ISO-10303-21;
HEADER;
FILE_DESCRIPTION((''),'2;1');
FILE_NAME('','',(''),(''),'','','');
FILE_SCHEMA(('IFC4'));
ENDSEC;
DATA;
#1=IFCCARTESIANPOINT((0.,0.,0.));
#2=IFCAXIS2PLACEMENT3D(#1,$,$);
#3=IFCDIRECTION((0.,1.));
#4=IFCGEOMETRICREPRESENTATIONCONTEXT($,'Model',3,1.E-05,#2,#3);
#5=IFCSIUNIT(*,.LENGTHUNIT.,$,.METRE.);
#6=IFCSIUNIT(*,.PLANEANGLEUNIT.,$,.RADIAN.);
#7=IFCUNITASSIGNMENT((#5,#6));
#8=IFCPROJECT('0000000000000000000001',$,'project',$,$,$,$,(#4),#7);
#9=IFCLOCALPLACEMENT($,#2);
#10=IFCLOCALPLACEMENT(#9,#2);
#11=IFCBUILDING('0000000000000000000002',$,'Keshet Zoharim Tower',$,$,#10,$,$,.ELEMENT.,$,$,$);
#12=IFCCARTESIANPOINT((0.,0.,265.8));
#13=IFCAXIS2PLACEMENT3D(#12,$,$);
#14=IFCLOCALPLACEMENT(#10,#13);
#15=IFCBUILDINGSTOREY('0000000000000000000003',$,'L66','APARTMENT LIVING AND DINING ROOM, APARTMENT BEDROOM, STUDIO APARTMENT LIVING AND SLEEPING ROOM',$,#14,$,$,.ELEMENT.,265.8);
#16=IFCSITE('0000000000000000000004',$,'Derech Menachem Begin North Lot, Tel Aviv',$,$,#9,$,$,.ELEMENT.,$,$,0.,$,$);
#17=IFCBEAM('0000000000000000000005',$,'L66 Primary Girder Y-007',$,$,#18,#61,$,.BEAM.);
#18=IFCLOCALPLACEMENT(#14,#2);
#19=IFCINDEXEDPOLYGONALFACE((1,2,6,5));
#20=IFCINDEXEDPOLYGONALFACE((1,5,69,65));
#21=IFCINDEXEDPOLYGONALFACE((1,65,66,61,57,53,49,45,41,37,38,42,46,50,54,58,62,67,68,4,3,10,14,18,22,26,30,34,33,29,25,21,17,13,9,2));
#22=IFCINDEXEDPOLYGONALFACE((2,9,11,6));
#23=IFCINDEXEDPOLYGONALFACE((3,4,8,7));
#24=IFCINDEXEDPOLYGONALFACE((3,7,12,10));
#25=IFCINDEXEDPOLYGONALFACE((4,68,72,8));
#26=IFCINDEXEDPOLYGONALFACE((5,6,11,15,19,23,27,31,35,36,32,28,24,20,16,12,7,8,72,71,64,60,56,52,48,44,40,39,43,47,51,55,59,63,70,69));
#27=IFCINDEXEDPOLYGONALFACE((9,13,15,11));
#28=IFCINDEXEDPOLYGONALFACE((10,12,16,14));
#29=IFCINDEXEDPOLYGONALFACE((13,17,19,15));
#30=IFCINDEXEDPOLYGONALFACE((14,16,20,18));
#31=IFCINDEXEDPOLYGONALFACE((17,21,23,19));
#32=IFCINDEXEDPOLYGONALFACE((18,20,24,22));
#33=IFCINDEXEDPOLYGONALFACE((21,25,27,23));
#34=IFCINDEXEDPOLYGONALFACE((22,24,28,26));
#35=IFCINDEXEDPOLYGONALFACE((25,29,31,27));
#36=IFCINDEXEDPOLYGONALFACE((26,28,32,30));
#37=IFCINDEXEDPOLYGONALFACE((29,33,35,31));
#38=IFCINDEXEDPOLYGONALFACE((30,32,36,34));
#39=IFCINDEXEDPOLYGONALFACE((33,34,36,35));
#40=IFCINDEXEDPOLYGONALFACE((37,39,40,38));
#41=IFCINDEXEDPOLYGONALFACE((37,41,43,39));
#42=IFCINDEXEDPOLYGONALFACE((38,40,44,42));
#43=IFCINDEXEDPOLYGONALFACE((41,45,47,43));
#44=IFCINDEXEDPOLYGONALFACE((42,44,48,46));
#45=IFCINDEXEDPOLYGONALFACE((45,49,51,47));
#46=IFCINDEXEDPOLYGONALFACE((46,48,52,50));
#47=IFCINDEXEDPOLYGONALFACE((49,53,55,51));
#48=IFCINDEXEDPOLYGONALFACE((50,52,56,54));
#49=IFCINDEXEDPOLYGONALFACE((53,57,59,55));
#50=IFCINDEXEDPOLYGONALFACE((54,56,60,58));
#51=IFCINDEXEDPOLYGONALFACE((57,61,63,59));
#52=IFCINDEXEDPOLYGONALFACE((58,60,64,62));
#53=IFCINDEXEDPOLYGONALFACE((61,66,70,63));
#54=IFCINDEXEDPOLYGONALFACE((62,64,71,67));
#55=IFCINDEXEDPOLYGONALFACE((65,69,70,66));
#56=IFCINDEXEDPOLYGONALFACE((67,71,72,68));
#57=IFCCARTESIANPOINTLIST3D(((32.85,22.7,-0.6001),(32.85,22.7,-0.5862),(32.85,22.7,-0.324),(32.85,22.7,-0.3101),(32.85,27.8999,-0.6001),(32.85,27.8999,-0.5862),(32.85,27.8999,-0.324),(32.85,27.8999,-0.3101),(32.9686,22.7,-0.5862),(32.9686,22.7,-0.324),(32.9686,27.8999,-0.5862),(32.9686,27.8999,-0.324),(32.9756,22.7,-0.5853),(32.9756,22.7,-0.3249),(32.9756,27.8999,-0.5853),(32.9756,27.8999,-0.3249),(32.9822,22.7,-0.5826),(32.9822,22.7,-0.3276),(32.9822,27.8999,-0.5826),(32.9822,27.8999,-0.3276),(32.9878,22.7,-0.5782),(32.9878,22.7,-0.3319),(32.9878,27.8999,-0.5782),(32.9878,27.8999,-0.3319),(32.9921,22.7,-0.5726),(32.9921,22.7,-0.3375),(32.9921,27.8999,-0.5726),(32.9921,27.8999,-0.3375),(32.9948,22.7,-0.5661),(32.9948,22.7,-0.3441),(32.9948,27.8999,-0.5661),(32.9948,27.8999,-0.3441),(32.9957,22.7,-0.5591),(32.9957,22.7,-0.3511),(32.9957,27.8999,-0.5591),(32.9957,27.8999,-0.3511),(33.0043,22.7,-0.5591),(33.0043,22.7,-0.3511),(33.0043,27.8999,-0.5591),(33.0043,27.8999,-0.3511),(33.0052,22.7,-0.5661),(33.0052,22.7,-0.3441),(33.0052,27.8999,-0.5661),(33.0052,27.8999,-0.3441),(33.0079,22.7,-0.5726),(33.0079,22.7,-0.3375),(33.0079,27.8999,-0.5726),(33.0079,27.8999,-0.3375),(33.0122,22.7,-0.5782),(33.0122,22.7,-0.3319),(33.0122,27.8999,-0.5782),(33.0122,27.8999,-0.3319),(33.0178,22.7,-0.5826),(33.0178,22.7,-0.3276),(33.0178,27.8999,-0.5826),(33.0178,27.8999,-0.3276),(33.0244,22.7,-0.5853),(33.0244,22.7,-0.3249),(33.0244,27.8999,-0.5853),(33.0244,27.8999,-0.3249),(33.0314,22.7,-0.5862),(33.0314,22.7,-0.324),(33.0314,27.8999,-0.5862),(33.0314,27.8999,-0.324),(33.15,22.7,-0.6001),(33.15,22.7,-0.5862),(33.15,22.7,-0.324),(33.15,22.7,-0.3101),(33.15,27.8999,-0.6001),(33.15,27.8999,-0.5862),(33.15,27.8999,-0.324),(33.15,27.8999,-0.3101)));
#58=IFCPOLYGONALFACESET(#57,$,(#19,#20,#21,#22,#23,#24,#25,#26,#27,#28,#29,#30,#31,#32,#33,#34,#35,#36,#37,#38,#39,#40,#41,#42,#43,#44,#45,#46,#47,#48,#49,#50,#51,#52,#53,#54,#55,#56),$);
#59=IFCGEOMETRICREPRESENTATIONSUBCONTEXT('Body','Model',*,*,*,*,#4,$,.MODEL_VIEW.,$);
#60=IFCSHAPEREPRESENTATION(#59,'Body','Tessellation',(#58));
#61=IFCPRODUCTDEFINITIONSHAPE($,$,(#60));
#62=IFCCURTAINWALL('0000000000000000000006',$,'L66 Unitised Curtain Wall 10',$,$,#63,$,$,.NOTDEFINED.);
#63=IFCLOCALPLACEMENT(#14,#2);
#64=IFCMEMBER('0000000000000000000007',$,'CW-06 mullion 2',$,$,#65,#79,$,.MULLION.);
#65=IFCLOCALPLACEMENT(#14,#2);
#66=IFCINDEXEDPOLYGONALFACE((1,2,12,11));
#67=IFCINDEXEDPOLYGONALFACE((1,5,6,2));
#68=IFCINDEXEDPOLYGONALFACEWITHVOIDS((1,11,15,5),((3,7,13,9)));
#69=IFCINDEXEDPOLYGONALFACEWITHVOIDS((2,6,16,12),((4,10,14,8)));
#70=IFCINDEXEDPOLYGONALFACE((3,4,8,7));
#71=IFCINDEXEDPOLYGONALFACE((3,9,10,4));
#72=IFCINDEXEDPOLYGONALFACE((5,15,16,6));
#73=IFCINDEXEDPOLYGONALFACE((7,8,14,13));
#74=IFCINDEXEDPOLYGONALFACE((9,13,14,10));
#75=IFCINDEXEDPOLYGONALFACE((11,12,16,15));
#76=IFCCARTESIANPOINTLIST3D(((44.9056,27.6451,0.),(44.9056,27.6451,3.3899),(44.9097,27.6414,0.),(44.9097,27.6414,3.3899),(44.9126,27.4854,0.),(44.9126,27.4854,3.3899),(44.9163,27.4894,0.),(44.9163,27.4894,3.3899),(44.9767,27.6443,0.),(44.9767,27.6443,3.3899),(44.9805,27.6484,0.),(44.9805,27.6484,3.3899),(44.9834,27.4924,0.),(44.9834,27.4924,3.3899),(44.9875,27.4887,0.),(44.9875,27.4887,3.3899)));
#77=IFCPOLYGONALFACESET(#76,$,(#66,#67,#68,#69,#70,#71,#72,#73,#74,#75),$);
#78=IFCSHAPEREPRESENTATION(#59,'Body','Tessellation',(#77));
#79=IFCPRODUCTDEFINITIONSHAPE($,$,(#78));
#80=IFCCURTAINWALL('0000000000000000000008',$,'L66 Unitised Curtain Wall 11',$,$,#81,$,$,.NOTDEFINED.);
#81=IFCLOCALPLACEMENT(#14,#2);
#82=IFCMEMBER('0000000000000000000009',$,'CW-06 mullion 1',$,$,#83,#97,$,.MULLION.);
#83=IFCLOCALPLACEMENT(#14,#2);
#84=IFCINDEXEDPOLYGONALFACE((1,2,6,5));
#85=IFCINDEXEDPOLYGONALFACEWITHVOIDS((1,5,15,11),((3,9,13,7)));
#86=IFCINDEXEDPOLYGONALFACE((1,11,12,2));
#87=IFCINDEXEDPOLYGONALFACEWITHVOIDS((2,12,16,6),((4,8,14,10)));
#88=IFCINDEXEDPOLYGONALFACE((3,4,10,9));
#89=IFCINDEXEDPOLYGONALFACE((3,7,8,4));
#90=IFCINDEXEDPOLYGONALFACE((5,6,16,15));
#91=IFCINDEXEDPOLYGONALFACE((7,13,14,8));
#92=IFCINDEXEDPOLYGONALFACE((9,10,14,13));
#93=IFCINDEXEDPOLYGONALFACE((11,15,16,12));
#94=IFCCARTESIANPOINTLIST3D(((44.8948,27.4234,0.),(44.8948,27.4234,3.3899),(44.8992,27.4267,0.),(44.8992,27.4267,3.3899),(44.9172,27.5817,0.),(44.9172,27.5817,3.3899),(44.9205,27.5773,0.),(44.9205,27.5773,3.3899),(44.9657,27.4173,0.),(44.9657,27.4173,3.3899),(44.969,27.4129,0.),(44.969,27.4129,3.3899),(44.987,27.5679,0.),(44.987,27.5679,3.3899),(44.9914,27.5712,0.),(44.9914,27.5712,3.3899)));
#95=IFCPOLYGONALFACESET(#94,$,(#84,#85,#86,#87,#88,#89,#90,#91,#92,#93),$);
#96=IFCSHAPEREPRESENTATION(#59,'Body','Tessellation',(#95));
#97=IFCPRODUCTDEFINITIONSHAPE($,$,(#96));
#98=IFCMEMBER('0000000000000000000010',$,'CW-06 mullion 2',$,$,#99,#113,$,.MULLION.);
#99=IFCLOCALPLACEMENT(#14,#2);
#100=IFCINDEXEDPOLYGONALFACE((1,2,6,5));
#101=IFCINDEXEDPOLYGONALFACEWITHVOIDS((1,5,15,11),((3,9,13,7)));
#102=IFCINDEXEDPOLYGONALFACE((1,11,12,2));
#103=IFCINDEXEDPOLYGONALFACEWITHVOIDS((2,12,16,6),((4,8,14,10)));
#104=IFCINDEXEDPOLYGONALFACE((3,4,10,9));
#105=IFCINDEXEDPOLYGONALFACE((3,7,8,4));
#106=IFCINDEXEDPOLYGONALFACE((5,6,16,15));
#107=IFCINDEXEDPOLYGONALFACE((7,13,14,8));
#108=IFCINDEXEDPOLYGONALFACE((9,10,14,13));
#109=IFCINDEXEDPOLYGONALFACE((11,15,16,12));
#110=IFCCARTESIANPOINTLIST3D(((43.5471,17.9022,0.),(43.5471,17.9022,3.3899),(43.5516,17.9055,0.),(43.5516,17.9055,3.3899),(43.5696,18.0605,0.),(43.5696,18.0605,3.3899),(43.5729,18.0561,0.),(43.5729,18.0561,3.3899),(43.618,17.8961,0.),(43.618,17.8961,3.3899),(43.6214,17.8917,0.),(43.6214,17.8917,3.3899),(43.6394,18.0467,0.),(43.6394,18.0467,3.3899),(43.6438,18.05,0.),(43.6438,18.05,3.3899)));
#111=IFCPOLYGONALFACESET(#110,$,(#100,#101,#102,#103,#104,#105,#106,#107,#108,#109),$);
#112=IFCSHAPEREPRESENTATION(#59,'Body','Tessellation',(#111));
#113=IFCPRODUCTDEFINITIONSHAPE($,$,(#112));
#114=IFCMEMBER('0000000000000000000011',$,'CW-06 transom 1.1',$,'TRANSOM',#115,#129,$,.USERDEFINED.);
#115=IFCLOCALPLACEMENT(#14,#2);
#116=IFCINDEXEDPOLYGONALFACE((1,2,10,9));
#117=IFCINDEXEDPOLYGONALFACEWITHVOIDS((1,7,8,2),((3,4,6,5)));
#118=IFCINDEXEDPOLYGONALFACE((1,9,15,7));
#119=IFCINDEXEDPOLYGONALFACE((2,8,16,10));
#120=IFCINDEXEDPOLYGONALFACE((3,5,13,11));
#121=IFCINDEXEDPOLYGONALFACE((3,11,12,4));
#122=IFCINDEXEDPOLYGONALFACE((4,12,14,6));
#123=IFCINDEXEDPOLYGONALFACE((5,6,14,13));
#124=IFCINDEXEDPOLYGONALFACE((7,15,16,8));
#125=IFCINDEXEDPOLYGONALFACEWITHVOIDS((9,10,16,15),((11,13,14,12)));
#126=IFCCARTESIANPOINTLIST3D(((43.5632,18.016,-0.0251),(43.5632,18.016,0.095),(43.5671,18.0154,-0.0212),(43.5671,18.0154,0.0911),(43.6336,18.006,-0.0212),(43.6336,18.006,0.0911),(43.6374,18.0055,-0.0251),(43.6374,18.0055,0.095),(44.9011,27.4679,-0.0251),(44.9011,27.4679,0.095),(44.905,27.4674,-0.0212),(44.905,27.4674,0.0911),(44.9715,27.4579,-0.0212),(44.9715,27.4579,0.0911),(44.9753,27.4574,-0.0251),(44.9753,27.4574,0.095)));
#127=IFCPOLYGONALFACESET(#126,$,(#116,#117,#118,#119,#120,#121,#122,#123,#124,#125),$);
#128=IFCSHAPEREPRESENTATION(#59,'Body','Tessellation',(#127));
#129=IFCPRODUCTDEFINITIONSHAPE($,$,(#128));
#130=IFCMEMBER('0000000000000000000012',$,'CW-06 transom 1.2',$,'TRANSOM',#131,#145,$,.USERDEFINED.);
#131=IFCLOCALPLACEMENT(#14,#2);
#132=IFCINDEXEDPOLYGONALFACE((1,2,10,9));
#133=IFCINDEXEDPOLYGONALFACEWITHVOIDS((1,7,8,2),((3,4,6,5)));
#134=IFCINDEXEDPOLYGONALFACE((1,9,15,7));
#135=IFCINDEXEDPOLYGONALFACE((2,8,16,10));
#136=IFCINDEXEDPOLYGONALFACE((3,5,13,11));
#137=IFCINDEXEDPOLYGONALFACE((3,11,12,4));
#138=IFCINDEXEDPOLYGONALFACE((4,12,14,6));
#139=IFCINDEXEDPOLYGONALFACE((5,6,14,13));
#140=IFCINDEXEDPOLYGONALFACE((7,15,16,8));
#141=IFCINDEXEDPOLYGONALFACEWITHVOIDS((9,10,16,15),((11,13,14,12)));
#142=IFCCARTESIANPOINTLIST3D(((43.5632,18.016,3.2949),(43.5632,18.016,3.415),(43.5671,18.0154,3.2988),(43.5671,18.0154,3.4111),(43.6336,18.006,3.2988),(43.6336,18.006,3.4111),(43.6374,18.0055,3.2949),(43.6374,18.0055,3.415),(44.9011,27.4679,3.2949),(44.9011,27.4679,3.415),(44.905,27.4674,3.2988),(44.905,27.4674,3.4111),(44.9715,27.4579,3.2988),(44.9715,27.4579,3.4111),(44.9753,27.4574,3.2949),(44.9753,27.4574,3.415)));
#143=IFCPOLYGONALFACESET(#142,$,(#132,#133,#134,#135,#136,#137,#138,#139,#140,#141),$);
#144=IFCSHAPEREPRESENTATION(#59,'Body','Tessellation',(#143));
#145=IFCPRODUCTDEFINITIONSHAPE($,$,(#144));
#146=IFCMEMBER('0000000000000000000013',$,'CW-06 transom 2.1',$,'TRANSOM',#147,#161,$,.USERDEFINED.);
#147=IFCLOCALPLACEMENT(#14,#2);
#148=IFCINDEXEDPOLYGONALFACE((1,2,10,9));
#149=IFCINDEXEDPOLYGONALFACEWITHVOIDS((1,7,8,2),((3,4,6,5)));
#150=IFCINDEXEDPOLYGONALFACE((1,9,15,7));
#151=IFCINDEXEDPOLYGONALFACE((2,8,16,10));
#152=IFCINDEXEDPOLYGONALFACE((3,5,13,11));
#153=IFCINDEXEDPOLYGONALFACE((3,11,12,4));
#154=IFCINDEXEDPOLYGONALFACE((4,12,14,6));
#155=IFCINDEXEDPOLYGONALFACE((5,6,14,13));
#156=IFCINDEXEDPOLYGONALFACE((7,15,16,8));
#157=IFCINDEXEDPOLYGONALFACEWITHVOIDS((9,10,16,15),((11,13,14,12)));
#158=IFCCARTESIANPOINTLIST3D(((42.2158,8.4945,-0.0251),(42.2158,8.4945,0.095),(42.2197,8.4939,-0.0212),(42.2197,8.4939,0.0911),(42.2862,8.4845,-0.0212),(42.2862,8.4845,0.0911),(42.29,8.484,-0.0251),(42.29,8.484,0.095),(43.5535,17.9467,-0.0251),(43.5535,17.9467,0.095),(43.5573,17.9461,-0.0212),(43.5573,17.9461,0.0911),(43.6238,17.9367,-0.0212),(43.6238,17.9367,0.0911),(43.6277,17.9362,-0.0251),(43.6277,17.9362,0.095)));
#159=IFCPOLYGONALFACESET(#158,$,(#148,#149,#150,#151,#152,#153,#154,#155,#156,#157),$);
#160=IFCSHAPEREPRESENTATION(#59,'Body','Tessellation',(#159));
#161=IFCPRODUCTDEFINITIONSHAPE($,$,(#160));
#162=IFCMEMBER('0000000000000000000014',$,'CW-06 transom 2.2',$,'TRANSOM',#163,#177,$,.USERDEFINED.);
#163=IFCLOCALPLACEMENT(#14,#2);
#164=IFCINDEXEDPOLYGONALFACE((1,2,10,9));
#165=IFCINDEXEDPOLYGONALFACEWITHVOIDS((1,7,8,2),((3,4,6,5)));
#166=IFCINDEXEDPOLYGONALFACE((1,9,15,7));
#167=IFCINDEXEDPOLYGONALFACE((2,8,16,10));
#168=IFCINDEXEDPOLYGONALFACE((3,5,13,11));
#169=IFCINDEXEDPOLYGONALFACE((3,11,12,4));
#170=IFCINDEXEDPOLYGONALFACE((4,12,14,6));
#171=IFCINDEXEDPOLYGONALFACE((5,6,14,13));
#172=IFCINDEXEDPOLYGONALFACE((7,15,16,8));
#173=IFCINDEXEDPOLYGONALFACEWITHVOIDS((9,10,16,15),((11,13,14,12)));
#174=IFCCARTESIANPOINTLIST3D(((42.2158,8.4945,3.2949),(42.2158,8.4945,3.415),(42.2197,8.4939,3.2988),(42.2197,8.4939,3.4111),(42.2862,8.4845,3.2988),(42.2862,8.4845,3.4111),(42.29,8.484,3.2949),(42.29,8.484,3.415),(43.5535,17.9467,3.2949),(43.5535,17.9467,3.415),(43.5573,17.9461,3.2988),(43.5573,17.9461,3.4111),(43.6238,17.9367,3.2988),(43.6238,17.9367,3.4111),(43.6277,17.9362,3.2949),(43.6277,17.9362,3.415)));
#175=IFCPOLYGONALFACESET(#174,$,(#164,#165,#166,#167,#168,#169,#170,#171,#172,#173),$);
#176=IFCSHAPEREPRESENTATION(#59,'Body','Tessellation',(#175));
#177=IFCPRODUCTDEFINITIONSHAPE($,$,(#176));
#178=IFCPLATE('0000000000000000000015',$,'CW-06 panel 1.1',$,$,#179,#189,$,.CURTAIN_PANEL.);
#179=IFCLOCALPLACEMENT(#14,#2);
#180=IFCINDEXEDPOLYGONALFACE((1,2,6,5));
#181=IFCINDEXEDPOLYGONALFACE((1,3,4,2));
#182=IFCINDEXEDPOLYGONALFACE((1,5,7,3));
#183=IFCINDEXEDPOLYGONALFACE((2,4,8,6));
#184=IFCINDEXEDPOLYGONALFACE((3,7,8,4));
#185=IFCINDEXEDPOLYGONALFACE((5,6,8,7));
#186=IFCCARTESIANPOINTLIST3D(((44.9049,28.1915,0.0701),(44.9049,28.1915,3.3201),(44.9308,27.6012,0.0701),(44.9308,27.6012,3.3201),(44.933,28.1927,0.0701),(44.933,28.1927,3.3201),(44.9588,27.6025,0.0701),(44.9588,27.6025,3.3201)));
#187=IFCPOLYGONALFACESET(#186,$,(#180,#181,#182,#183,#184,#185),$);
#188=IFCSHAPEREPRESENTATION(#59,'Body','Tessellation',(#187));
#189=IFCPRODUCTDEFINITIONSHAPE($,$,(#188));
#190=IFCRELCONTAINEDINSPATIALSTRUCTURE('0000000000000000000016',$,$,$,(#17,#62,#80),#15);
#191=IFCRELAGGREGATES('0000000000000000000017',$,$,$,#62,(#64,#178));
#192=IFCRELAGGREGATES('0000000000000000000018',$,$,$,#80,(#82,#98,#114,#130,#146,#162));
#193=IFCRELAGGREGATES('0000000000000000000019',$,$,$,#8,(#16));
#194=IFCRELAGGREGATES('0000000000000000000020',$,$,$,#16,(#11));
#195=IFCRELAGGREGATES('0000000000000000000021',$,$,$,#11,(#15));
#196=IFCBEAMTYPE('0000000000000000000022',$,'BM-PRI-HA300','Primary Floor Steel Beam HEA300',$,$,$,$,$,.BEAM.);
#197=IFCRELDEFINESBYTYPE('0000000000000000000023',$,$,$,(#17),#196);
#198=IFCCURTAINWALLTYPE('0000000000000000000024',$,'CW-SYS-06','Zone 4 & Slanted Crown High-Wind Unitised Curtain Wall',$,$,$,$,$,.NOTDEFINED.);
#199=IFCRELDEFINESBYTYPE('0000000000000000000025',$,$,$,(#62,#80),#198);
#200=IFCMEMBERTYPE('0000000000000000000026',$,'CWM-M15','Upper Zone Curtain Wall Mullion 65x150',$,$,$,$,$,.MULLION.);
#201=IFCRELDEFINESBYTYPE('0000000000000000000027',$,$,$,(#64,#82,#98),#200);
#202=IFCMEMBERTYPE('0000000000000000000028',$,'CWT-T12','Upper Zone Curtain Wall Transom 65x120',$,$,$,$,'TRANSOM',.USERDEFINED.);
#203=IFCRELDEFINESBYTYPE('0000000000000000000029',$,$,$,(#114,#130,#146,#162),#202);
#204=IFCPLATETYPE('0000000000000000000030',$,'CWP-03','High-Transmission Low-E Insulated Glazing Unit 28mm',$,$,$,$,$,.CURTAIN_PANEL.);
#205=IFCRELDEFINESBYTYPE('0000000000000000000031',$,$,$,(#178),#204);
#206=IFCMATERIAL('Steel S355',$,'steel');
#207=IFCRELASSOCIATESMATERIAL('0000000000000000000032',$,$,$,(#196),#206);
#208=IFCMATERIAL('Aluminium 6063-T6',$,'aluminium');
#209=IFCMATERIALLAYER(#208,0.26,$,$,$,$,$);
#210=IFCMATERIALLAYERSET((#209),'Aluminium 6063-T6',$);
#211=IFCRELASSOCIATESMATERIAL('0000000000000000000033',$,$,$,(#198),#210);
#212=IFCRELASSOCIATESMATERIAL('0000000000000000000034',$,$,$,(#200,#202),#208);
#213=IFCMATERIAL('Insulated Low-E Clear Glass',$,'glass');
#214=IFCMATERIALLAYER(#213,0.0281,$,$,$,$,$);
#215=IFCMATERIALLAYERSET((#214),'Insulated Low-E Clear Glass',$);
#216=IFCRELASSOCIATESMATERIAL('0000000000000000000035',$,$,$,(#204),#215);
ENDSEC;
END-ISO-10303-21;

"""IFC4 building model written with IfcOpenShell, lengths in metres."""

from ifc_helpers import new_model, si_unit, direction, frame, origin, origin_2d, place, context, subcontext, project, spatial, rectangle, hollow_rectangle, i_section, extrude, material, layer, layer_set, material_profile, profile_set, type_object, element, aggregate, save


model = new_model("IFC4")

# Units and contexts
model_context = context("Model", 3, precision=1e-05, world=origin(), true_north=direction((0.0, 1.0)))
body_context = subcontext(model_context, "Body", "Model", "MODEL_VIEW")
ifc_project = project(units=[si_unit("LENGTHUNIT", "METRE"), si_unit("PLANEANGLEUNIT", "RADIAN")], contexts=[model_context])

# Site, building, storey
site_placement = place(None, origin())
site = spatial("IfcSite", under=ifc_project, at=site_placement, Name="Derech Menachem Begin North Lot, Tel Aviv", CompositionType="ELEMENT", RefElevation=0.0)
building_placement = place(site_placement, origin())
building = spatial("IfcBuilding", under=site, at=building_placement, Name="Keshet Zoharim Tower", CompositionType="ELEMENT")
storey_placement = place(building_placement, frame((0.0, 0.0, 265.8)))
storey = spatial("IfcBuildingStorey", under=building, at=storey_placement, Name="L66", Description="APARTMENT LIVING AND DINING ROOM, APARTMENT BEDROOM, STUDIO APARTMENT LIVING AND SLEEPING ROOM", CompositionType="ELEMENT", Elevation=265.8)

# Shared definitions
ifc_material_1 = material(Name="Steel S355", Category="steel")

# Beam
ifc_material_profile_1 = material_profile(ifc_material_1, i_section(OverallWidth=0.3, OverallDepth=0.29, WebThickness=0.0085, FlangeThickness=0.0139, FilletRadius=0.0271, at=origin_2d()), Name="HEA300")
ifc_profile_set_1 = profile_set([ifc_material_profile_1], Name="Steel S355")
beam_type_1 = type_object("IfcBeamType", Name="BM-PRI-HA300", Description="Primary Floor Steel Beam HEA300", PredefinedType="BEAM", material=ifc_profile_set_1)
beam_1_placement = place(storey_placement, frame((33.0, 22.7, -0.4551), z_axis=(0.0, 1.0, 0.0), x_axis=(-1.0, 0.0, 0.0)))
element("IfcBeam", 1, at=beam_1_placement, inside=storey, type_object=beam_type_1, Name="L66 Primary Girder Y-007", PredefinedType="BEAM", context=body_context, shape_type="SweptSolid", body=[
    extrude(i_section(OverallWidth=0.3, OverallDepth=0.29, WebThickness=0.0085, FlangeThickness=0.0139, FilletRadius=0.0271, at=origin_2d()), origin(), (0.0, 0.0, 1.0), 5.2),
])

# Curtain wall, member
ifc_material_2 = material(Name="Aluminium 6063-T6", Category="aluminium")
ifc_layer_1 = layer(ifc_material_2, 0.26)
ifc_layer_set_1 = layer_set([ifc_layer_1], Name="Aluminium 6063-T6")
curtain_wall_type = type_object("IfcCurtainWallType", Name="CW-SYS-06", Description="Zone 4 & Slanted Crown High-Wind Unitised Curtain Wall", PredefinedType="NOTDEFINED", material=ifc_layer_set_1)
curtain_wall_1_placement = place(storey_placement, origin())
curtain_wall_1 = element("IfcCurtainWall", 2, at=curtain_wall_1_placement, inside=storey, type_object=curtain_wall_type, Name="L66 Unitised Curtain Wall 10", PredefinedType="NOTDEFINED")
ifc_material_profile_2 = material_profile(ifc_material_2, hollow_rectangle(XDim=0.075, YDim=0.1599, WallThickness=0.0039, at=origin_2d()), Name="MUL-75x160")
ifc_profile_set_2 = profile_set([ifc_material_profile_2], Name="Aluminium 6063-T6")
member_type_1 = type_object("IfcMemberType", Name="CWM-M15", Description="Upper Zone Curtain Wall Mullion 65x150", PredefinedType="MULLION", material=ifc_profile_set_2)
member_1_placement = place(storey_placement, frame((44.9465, 27.5669, 0.0), z_axis=(0.0, 0.0, 1.0), x_axis=(0.999041, 0.043794, 0.0)))
member_1 = element("IfcMember", 3, at=member_1_placement, type_object=member_type_1, Name="CW-06 mullion 2", PredefinedType="MULLION", context=body_context, shape_type="SweptSolid", body=[
    extrude(hollow_rectangle(XDim=0.075, YDim=0.1599, WallThickness=0.0039, at=origin_2d()), origin(), (0.0, 0.0, 1.0), 3.3899),
])

# Curtain wall, members
curtain_wall_2_placement = place(storey_placement, origin())
curtain_wall_2 = element("IfcCurtainWall", 4, at=curtain_wall_2_placement, inside=storey, type_object=curtain_wall_type, Name="L66 Unitised Curtain Wall 11", PredefinedType="NOTDEFINED")
member_2_placement = place(storey_placement, frame((44.9431, 27.4973, 0.0), z_axis=(0.0, 0.0, 1.0), x_axis=(0.990132, -0.140137, 0.0)))
member_2 = element("IfcMember", 5, at=member_2_placement, type_object=member_type_1, Name="CW-06 mullion 1", PredefinedType="MULLION", context=body_context, shape_type="SweptSolid", body=[
    extrude(hollow_rectangle(XDim=0.075, YDim=0.1599, WallThickness=0.0039, at=origin_2d()), origin(), (0.0, 0.0, 1.0), 3.3899),
])
member_3_placement = place(storey_placement, frame((43.5955, 17.9761, 0.0), z_axis=(0.0, 0.0, 1.0), x_axis=(0.990132, -0.140137, 0.0)))
member_3 = element("IfcMember", 6, at=member_3_placement, type_object=member_type_1, Name="CW-06 mullion 2", PredefinedType="MULLION", context=body_context, shape_type="SweptSolid", body=[
    extrude(hollow_rectangle(XDim=0.075, YDim=0.1599, WallThickness=0.0039, at=origin_2d()), origin(), (0.0, 0.0, 1.0), 3.3899),
])
ifc_material_profile_3 = material_profile(ifc_material_2, hollow_rectangle(XDim=0.075, YDim=0.1201, WallThickness=0.0039, at=origin_2d()), Name="TRN-75x120")
ifc_profile_set_3 = profile_set([ifc_material_profile_3], Name="Aluminium 6063-T6")
member_type_2 = type_object("IfcMemberType", Name="CWT-T12", Description="Upper Zone Curtain Wall Transom 65x120", ElementType="TRANSOM", PredefinedType="USERDEFINED", material=ifc_profile_set_3)
member_4_placement = place(storey_placement, frame((44.9382, 27.4626, 0.0349), z_axis=(-0.14015, -0.99013, 0.0), x_axis=(0.99013, -0.14015, 0.0)))
member_4 = element("IfcMember", 7, at=member_4_placement, type_object=member_type_2, Name="CW-06 transom 1.1", ObjectType="TRANSOM", PredefinedType="USERDEFINED", context=body_context, shape_type="SweptSolid", body=[
    extrude(hollow_rectangle(XDim=0.075, YDim=0.1201, WallThickness=0.0039, at=origin_2d()), origin(), (0.0, 0.0, 1.0), 9.5461),
])
member_5_placement = place(storey_placement, frame((44.9382, 27.4626, 3.355), z_axis=(-0.14015, -0.99013, 0.0), x_axis=(0.99013, -0.14015, 0.0)))
member_5 = element("IfcMember", 8, at=member_5_placement, type_object=member_type_2, Name="CW-06 transom 1.2", ObjectType="TRANSOM", PredefinedType="USERDEFINED", context=body_context, shape_type="SweptSolid", body=[
    extrude(hollow_rectangle(XDim=0.075, YDim=0.1201, WallThickness=0.0039, at=origin_2d()), origin(), (0.0, 0.0, 1.0), 9.5461),
])
member_6_placement = place(storey_placement, frame((43.5906, 17.9414, 0.0349), z_axis=(-0.140122, -0.990134, 0.0), x_axis=(0.990134, -0.140122, 0.0)))
member_6 = element("IfcMember", 9, at=member_6_placement, type_object=member_type_2, Name="CW-06 transom 2.1", ObjectType="TRANSOM", PredefinedType="USERDEFINED", context=body_context, shape_type="SweptSolid", body=[
    extrude(hollow_rectangle(XDim=0.075, YDim=0.1201, WallThickness=0.0039, at=origin_2d()), origin(), (0.0, 0.0, 1.0), 9.5464),
])
member_7_placement = place(storey_placement, frame((43.5906, 17.9414, 3.355), z_axis=(-0.140122, -0.990134, 0.0), x_axis=(0.990134, -0.140122, 0.0)))
member_7 = element("IfcMember", 10, at=member_7_placement, type_object=member_type_2, Name="CW-06 transom 2.2", ObjectType="TRANSOM", PredefinedType="USERDEFINED", context=body_context, shape_type="SweptSolid", body=[
    extrude(hollow_rectangle(XDim=0.075, YDim=0.1201, WallThickness=0.0039, at=origin_2d()), origin(), (0.0, 0.0, 1.0), 9.5464),
])

# Plate
ifc_material_3 = material(Name="Insulated Low-E Clear Glass", Category="glass")
ifc_layer_2 = layer(ifc_material_3, 0.0281)
ifc_layer_set_2 = layer_set([ifc_layer_2], Name="Insulated Low-E Clear Glass")
plate_type = type_object("IfcPlateType", Name="CWP-03", Description="High-Transmission Low-E Insulated Glazing Unit 28mm", PredefinedType="CURTAIN_PANEL", material=ifc_layer_set_2)
plate_1_placement = place(storey_placement, frame((44.9319, 27.897, 0.0701), z_axis=(0.0, 0.0, 1.0), x_axis=(0.043794, -0.999041, 0.0)))
plate_1 = element("IfcPlate", 11, at=plate_1_placement, type_object=plate_type, Name="CW-06 panel 1.1", PredefinedType="CURTAIN_PANEL", context=body_context, shape_type="SweptSolid", body=[
    extrude(rectangle(XDim=0.5908, YDim=0.0281, at=origin_2d()), origin(), (0.0, 0.0, 1.0), 3.25),
])
aggregate(curtain_wall_1, [member_1, plate_1])
aggregate(curtain_wall_2, [member_2, member_3, member_4, member_5, member_6, member_7])

save(model, "model.ifc")
